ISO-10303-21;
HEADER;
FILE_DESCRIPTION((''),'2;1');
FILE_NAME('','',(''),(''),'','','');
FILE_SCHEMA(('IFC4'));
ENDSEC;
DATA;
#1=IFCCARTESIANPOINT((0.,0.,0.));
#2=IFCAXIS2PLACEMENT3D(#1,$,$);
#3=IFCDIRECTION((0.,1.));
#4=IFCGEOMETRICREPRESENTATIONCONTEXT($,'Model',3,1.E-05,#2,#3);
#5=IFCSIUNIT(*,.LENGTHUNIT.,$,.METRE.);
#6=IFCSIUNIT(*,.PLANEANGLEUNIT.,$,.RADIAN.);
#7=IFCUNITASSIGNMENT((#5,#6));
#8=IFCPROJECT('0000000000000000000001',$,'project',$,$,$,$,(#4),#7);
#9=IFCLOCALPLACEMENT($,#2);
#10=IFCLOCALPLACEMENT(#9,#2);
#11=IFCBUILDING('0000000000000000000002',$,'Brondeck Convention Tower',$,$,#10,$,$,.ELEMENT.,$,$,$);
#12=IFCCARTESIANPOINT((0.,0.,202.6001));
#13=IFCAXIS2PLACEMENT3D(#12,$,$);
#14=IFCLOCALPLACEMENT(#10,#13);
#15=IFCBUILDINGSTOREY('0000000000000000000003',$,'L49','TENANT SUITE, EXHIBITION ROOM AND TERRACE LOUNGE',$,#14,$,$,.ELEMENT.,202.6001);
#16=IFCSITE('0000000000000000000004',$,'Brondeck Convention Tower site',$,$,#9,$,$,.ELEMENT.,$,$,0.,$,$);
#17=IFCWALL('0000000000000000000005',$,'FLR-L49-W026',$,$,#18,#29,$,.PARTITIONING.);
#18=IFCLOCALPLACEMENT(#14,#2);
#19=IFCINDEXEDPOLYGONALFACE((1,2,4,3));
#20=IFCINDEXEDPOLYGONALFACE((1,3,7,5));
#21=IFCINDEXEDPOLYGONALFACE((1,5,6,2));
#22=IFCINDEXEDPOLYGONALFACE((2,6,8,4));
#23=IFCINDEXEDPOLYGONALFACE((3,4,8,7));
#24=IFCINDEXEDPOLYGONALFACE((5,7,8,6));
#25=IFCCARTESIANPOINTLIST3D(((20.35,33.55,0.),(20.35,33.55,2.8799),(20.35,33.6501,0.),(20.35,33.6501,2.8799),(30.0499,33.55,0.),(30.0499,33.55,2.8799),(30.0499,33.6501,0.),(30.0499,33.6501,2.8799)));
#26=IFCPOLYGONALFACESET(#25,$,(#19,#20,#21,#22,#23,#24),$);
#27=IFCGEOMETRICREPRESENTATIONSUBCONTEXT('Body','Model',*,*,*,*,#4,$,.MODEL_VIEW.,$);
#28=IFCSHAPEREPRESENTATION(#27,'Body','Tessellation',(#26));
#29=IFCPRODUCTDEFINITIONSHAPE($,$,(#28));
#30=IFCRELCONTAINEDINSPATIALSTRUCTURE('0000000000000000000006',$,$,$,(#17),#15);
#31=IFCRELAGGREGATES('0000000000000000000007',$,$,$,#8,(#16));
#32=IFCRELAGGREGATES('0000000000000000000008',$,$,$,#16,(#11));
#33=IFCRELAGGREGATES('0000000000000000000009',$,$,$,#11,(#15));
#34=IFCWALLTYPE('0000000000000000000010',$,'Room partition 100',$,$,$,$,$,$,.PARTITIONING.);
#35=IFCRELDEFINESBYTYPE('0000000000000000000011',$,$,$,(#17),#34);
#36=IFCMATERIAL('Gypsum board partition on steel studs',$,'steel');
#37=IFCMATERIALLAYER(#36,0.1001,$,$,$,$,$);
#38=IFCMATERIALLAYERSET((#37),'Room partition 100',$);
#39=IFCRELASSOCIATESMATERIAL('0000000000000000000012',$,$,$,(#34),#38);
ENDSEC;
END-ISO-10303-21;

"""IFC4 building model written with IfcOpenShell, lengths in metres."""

from ifc_helpers import new_model, si_unit, direction, frame, frame_2d, origin, place, context, subcontext, project, spatial, rectangle, extrude, material, layer, layer_set, type_object, element, save


model = new_model("IFC4")

# Units and contexts
model_context = context("Model", 3, precision=1e-05, world=origin(), true_north=direction((0.0, 1.0)))
body_context = subcontext(model_context, "Body", "Model", "MODEL_VIEW")
ifc_project = project(units=[si_unit("LENGTHUNIT", "METRE"), si_unit("PLANEANGLEUNIT", "RADIAN")], contexts=[model_context])

# Site, building, storey
site_placement = place(None, origin())
site = spatial("IfcSite", under=ifc_project, at=site_placement, Name="Brondeck Convention Tower site", CompositionType="ELEMENT", RefElevation=0.0)
building_placement = place(site_placement, origin())
building = spatial("IfcBuilding", under=site, at=building_placement, Name="Brondeck Convention Tower", CompositionType="ELEMENT")
storey_placement = place(building_placement, frame((0.0, 0.0, 202.6001)))
storey = spatial("IfcBuildingStorey", under=building, at=storey_placement, Name="L49", Description="TENANT SUITE, EXHIBITION ROOM AND TERRACE LOUNGE", CompositionType="ELEMENT", Elevation=202.6001)

# Wall
ifc_material_1 = material(Name="Gypsum board partition on steel studs", Category="steel")
ifc_layer_1 = layer(ifc_material_1, 0.1001)
ifc_layer_set_1 = layer_set([ifc_layer_1], Name="Room partition 100")
wall_type_1 = type_object("IfcWallType", Name="Room partition 100", PredefinedType="PARTITIONING", material=ifc_layer_set_1)
wall_1_placement = place(storey_placement, frame((30.05, 33.6001, 0.0), z_axis=(0.0, 0.0, 1.0), x_axis=(-1.0, 0.0, 0.0)))
element("IfcWall", 1, at=wall_1_placement, inside=storey, type_object=wall_type_1, Name="FLR-L49-W026", PredefinedType="PARTITIONING", context=body_context, shape_type="SweptSolid", body=[
    extrude(rectangle(XDim=9.7, YDim=0.1001, at=frame_2d((4.8501, 0.0))), origin(), (0.0, 0.0, 1.0), 2.8799),
])

save(model, "model.ifc")
